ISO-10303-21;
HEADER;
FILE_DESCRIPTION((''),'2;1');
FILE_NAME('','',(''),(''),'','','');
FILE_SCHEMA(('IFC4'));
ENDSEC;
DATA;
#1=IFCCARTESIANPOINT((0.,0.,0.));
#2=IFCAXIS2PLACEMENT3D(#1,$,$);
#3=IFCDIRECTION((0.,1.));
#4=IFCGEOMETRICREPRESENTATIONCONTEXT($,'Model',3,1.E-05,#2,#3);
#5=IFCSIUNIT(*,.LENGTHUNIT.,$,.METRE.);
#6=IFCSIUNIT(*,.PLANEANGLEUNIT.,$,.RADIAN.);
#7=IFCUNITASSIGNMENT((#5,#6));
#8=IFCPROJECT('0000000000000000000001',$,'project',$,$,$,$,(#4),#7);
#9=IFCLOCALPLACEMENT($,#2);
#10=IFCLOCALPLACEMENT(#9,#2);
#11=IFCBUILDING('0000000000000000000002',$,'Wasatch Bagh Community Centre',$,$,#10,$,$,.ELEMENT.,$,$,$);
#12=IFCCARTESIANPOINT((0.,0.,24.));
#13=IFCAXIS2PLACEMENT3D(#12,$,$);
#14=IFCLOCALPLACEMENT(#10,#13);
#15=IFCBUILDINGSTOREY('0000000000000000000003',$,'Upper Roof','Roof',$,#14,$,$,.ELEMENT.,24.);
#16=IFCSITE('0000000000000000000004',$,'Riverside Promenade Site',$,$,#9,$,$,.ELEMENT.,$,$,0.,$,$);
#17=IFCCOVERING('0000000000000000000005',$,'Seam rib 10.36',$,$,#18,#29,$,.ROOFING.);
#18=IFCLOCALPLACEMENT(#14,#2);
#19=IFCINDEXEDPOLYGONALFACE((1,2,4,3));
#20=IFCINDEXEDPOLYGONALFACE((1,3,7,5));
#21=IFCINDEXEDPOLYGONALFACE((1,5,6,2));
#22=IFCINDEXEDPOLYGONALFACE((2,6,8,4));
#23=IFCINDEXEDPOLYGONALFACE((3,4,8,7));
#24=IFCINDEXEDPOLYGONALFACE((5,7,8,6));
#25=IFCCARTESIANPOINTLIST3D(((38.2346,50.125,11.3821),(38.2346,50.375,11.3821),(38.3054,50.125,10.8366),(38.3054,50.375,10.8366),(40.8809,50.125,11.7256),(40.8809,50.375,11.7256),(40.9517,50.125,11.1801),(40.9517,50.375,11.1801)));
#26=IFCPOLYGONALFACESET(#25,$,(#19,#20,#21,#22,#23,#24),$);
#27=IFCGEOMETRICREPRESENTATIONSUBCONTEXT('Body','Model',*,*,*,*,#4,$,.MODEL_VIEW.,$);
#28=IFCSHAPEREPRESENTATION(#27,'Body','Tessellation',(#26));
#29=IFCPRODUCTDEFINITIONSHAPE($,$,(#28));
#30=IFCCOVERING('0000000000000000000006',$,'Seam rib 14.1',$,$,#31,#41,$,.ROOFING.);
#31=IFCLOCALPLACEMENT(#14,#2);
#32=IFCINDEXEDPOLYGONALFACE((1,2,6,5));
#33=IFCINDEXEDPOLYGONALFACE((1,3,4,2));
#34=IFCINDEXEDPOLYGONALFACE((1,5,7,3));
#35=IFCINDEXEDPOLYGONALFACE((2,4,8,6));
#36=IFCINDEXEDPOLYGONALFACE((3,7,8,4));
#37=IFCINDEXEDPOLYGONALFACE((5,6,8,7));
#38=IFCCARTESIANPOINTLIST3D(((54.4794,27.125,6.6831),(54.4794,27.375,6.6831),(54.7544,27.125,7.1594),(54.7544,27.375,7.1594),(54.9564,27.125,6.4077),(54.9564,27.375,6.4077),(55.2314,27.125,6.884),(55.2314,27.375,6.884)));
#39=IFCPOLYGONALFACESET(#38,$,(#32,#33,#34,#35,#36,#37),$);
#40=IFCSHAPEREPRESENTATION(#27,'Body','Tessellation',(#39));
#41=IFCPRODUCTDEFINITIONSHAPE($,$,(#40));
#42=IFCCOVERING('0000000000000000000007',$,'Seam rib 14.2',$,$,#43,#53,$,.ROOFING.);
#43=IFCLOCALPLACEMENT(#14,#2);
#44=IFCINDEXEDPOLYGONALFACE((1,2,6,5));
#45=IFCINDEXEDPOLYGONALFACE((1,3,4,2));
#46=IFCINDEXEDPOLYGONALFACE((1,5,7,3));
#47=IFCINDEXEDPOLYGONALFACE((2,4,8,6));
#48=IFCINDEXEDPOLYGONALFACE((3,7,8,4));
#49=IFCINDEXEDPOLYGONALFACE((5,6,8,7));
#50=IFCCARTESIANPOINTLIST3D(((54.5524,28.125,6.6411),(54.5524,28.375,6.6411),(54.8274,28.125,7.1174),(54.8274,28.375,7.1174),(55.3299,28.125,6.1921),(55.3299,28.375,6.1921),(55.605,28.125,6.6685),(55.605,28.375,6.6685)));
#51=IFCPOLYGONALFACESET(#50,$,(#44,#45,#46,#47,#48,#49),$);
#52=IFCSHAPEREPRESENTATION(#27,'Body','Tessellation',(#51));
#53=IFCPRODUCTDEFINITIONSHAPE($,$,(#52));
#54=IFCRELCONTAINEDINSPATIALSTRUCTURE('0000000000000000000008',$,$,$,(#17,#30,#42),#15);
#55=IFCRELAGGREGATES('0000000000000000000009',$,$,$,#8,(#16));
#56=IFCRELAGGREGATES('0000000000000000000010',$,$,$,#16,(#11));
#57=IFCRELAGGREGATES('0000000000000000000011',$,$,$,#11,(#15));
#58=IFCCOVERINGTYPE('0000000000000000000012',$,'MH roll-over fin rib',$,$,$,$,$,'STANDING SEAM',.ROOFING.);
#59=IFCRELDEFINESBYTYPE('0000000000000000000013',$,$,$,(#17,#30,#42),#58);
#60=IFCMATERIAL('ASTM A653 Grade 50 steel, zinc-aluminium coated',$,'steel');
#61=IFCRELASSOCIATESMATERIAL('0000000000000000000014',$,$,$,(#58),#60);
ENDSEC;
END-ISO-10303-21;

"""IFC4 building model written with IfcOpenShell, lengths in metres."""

from ifc_helpers import new_model, si_unit, direction, frame, origin, place, context, subcontext, project, spatial, polyline, outline, extrude, material, type_object, element, save


model = new_model("IFC4")

# Units and contexts
model_context = context("Model", 3, precision=1e-05, world=origin(), true_north=direction((0.0, 1.0)))
body_context = subcontext(model_context, "Body", "Model", "MODEL_VIEW")
ifc_project = project(units=[si_unit("LENGTHUNIT", "METRE"), si_unit("PLANEANGLEUNIT", "RADIAN")], contexts=[model_context])

# Site, building, storey
site_placement = place(None, origin())
site = spatial("IfcSite", under=ifc_project, at=site_placement, Name="Riverside Promenade Site", CompositionType="ELEMENT", RefElevation=0.0)
building_placement = place(site_placement, origin())
building = spatial("IfcBuilding", under=site, at=building_placement, Name="Wasatch Bagh Community Centre", CompositionType="ELEMENT")
storey_placement = place(building_placement, frame((0.0, 0.0, 24.0)))
storey = spatial("IfcBuildingStorey", under=building, at=storey_placement, Name="Upper Roof", Description="Roof", CompositionType="ELEMENT", Elevation=24.0)

# Coverings
ifc_material = material(Name="ASTM A653 Grade 50 steel, zinc-aluminium coated", Category="steel")
covering_type = type_object("IfcCoveringType", Name="MH roll-over fin rib", ElementType="STANDING SEAM", PredefinedType="ROOFING", material=ifc_material)
for number, where, z_axis, x_axis, name in (
    (1, (38.2346, 50.125, 11.3821), (-0.128729, 0.0, 0.99168), (0.99168, 0.0, 0.128729), "Seam rib 10.36"),
):
    element("IfcCovering", number, at=place(storey_placement, frame(where, z_axis=z_axis, x_axis=x_axis)), inside=storey, type_object=covering_type, Name=name, PredefinedType="ROOFING", context=body_context, shape_type="SweptSolid", body=[
        extrude(outline(polyline([(0.0, 0.0), (2.6684, 0.0), (2.6684, 0.25), (0.0, 0.25), (0.0, 0.0)])), origin(), (0.0, 0.0, -1.0), 0.55),
    ])
covering_1_placement = place(storey_placement, frame((54.7544, 27.125, 7.1594), z_axis=(0.499953, 0.0, 0.866053), x_axis=(0.866053, 0.0, -0.499953)))
element("IfcCovering", 2, at=covering_1_placement, inside=storey, type_object=covering_type, Name="Seam rib 14.1", PredefinedType="ROOFING", context=body_context, shape_type="SweptSolid", body=[
    extrude(outline(polyline([(0.0, 0.0), (0.5508, 0.0), (0.5508, 0.25), (0.0, 0.25), (0.0, 0.0)])), origin(), (0.0, 0.0, -1.0), 0.55),
])
covering_2_placement = place(storey_placement, frame((54.8274, 28.125, 7.1174), z_axis=(0.500028, 0.0, 0.866009), x_axis=(0.866009, 0.0, -0.500028)))
element("IfcCovering", 3, at=covering_2_placement, inside=storey, type_object=covering_type, Name="Seam rib 14.2", PredefinedType="ROOFING", context=body_context, shape_type="SweptSolid", body=[
    extrude(outline(polyline([(0.0, 0.0), (0.8979, 0.0), (0.8979, 0.25), (0.0, 0.25), (0.0, 0.0)])), origin(), (0.0, 0.0, -1.0), 0.55),
])

save(model, "model.ifc")
